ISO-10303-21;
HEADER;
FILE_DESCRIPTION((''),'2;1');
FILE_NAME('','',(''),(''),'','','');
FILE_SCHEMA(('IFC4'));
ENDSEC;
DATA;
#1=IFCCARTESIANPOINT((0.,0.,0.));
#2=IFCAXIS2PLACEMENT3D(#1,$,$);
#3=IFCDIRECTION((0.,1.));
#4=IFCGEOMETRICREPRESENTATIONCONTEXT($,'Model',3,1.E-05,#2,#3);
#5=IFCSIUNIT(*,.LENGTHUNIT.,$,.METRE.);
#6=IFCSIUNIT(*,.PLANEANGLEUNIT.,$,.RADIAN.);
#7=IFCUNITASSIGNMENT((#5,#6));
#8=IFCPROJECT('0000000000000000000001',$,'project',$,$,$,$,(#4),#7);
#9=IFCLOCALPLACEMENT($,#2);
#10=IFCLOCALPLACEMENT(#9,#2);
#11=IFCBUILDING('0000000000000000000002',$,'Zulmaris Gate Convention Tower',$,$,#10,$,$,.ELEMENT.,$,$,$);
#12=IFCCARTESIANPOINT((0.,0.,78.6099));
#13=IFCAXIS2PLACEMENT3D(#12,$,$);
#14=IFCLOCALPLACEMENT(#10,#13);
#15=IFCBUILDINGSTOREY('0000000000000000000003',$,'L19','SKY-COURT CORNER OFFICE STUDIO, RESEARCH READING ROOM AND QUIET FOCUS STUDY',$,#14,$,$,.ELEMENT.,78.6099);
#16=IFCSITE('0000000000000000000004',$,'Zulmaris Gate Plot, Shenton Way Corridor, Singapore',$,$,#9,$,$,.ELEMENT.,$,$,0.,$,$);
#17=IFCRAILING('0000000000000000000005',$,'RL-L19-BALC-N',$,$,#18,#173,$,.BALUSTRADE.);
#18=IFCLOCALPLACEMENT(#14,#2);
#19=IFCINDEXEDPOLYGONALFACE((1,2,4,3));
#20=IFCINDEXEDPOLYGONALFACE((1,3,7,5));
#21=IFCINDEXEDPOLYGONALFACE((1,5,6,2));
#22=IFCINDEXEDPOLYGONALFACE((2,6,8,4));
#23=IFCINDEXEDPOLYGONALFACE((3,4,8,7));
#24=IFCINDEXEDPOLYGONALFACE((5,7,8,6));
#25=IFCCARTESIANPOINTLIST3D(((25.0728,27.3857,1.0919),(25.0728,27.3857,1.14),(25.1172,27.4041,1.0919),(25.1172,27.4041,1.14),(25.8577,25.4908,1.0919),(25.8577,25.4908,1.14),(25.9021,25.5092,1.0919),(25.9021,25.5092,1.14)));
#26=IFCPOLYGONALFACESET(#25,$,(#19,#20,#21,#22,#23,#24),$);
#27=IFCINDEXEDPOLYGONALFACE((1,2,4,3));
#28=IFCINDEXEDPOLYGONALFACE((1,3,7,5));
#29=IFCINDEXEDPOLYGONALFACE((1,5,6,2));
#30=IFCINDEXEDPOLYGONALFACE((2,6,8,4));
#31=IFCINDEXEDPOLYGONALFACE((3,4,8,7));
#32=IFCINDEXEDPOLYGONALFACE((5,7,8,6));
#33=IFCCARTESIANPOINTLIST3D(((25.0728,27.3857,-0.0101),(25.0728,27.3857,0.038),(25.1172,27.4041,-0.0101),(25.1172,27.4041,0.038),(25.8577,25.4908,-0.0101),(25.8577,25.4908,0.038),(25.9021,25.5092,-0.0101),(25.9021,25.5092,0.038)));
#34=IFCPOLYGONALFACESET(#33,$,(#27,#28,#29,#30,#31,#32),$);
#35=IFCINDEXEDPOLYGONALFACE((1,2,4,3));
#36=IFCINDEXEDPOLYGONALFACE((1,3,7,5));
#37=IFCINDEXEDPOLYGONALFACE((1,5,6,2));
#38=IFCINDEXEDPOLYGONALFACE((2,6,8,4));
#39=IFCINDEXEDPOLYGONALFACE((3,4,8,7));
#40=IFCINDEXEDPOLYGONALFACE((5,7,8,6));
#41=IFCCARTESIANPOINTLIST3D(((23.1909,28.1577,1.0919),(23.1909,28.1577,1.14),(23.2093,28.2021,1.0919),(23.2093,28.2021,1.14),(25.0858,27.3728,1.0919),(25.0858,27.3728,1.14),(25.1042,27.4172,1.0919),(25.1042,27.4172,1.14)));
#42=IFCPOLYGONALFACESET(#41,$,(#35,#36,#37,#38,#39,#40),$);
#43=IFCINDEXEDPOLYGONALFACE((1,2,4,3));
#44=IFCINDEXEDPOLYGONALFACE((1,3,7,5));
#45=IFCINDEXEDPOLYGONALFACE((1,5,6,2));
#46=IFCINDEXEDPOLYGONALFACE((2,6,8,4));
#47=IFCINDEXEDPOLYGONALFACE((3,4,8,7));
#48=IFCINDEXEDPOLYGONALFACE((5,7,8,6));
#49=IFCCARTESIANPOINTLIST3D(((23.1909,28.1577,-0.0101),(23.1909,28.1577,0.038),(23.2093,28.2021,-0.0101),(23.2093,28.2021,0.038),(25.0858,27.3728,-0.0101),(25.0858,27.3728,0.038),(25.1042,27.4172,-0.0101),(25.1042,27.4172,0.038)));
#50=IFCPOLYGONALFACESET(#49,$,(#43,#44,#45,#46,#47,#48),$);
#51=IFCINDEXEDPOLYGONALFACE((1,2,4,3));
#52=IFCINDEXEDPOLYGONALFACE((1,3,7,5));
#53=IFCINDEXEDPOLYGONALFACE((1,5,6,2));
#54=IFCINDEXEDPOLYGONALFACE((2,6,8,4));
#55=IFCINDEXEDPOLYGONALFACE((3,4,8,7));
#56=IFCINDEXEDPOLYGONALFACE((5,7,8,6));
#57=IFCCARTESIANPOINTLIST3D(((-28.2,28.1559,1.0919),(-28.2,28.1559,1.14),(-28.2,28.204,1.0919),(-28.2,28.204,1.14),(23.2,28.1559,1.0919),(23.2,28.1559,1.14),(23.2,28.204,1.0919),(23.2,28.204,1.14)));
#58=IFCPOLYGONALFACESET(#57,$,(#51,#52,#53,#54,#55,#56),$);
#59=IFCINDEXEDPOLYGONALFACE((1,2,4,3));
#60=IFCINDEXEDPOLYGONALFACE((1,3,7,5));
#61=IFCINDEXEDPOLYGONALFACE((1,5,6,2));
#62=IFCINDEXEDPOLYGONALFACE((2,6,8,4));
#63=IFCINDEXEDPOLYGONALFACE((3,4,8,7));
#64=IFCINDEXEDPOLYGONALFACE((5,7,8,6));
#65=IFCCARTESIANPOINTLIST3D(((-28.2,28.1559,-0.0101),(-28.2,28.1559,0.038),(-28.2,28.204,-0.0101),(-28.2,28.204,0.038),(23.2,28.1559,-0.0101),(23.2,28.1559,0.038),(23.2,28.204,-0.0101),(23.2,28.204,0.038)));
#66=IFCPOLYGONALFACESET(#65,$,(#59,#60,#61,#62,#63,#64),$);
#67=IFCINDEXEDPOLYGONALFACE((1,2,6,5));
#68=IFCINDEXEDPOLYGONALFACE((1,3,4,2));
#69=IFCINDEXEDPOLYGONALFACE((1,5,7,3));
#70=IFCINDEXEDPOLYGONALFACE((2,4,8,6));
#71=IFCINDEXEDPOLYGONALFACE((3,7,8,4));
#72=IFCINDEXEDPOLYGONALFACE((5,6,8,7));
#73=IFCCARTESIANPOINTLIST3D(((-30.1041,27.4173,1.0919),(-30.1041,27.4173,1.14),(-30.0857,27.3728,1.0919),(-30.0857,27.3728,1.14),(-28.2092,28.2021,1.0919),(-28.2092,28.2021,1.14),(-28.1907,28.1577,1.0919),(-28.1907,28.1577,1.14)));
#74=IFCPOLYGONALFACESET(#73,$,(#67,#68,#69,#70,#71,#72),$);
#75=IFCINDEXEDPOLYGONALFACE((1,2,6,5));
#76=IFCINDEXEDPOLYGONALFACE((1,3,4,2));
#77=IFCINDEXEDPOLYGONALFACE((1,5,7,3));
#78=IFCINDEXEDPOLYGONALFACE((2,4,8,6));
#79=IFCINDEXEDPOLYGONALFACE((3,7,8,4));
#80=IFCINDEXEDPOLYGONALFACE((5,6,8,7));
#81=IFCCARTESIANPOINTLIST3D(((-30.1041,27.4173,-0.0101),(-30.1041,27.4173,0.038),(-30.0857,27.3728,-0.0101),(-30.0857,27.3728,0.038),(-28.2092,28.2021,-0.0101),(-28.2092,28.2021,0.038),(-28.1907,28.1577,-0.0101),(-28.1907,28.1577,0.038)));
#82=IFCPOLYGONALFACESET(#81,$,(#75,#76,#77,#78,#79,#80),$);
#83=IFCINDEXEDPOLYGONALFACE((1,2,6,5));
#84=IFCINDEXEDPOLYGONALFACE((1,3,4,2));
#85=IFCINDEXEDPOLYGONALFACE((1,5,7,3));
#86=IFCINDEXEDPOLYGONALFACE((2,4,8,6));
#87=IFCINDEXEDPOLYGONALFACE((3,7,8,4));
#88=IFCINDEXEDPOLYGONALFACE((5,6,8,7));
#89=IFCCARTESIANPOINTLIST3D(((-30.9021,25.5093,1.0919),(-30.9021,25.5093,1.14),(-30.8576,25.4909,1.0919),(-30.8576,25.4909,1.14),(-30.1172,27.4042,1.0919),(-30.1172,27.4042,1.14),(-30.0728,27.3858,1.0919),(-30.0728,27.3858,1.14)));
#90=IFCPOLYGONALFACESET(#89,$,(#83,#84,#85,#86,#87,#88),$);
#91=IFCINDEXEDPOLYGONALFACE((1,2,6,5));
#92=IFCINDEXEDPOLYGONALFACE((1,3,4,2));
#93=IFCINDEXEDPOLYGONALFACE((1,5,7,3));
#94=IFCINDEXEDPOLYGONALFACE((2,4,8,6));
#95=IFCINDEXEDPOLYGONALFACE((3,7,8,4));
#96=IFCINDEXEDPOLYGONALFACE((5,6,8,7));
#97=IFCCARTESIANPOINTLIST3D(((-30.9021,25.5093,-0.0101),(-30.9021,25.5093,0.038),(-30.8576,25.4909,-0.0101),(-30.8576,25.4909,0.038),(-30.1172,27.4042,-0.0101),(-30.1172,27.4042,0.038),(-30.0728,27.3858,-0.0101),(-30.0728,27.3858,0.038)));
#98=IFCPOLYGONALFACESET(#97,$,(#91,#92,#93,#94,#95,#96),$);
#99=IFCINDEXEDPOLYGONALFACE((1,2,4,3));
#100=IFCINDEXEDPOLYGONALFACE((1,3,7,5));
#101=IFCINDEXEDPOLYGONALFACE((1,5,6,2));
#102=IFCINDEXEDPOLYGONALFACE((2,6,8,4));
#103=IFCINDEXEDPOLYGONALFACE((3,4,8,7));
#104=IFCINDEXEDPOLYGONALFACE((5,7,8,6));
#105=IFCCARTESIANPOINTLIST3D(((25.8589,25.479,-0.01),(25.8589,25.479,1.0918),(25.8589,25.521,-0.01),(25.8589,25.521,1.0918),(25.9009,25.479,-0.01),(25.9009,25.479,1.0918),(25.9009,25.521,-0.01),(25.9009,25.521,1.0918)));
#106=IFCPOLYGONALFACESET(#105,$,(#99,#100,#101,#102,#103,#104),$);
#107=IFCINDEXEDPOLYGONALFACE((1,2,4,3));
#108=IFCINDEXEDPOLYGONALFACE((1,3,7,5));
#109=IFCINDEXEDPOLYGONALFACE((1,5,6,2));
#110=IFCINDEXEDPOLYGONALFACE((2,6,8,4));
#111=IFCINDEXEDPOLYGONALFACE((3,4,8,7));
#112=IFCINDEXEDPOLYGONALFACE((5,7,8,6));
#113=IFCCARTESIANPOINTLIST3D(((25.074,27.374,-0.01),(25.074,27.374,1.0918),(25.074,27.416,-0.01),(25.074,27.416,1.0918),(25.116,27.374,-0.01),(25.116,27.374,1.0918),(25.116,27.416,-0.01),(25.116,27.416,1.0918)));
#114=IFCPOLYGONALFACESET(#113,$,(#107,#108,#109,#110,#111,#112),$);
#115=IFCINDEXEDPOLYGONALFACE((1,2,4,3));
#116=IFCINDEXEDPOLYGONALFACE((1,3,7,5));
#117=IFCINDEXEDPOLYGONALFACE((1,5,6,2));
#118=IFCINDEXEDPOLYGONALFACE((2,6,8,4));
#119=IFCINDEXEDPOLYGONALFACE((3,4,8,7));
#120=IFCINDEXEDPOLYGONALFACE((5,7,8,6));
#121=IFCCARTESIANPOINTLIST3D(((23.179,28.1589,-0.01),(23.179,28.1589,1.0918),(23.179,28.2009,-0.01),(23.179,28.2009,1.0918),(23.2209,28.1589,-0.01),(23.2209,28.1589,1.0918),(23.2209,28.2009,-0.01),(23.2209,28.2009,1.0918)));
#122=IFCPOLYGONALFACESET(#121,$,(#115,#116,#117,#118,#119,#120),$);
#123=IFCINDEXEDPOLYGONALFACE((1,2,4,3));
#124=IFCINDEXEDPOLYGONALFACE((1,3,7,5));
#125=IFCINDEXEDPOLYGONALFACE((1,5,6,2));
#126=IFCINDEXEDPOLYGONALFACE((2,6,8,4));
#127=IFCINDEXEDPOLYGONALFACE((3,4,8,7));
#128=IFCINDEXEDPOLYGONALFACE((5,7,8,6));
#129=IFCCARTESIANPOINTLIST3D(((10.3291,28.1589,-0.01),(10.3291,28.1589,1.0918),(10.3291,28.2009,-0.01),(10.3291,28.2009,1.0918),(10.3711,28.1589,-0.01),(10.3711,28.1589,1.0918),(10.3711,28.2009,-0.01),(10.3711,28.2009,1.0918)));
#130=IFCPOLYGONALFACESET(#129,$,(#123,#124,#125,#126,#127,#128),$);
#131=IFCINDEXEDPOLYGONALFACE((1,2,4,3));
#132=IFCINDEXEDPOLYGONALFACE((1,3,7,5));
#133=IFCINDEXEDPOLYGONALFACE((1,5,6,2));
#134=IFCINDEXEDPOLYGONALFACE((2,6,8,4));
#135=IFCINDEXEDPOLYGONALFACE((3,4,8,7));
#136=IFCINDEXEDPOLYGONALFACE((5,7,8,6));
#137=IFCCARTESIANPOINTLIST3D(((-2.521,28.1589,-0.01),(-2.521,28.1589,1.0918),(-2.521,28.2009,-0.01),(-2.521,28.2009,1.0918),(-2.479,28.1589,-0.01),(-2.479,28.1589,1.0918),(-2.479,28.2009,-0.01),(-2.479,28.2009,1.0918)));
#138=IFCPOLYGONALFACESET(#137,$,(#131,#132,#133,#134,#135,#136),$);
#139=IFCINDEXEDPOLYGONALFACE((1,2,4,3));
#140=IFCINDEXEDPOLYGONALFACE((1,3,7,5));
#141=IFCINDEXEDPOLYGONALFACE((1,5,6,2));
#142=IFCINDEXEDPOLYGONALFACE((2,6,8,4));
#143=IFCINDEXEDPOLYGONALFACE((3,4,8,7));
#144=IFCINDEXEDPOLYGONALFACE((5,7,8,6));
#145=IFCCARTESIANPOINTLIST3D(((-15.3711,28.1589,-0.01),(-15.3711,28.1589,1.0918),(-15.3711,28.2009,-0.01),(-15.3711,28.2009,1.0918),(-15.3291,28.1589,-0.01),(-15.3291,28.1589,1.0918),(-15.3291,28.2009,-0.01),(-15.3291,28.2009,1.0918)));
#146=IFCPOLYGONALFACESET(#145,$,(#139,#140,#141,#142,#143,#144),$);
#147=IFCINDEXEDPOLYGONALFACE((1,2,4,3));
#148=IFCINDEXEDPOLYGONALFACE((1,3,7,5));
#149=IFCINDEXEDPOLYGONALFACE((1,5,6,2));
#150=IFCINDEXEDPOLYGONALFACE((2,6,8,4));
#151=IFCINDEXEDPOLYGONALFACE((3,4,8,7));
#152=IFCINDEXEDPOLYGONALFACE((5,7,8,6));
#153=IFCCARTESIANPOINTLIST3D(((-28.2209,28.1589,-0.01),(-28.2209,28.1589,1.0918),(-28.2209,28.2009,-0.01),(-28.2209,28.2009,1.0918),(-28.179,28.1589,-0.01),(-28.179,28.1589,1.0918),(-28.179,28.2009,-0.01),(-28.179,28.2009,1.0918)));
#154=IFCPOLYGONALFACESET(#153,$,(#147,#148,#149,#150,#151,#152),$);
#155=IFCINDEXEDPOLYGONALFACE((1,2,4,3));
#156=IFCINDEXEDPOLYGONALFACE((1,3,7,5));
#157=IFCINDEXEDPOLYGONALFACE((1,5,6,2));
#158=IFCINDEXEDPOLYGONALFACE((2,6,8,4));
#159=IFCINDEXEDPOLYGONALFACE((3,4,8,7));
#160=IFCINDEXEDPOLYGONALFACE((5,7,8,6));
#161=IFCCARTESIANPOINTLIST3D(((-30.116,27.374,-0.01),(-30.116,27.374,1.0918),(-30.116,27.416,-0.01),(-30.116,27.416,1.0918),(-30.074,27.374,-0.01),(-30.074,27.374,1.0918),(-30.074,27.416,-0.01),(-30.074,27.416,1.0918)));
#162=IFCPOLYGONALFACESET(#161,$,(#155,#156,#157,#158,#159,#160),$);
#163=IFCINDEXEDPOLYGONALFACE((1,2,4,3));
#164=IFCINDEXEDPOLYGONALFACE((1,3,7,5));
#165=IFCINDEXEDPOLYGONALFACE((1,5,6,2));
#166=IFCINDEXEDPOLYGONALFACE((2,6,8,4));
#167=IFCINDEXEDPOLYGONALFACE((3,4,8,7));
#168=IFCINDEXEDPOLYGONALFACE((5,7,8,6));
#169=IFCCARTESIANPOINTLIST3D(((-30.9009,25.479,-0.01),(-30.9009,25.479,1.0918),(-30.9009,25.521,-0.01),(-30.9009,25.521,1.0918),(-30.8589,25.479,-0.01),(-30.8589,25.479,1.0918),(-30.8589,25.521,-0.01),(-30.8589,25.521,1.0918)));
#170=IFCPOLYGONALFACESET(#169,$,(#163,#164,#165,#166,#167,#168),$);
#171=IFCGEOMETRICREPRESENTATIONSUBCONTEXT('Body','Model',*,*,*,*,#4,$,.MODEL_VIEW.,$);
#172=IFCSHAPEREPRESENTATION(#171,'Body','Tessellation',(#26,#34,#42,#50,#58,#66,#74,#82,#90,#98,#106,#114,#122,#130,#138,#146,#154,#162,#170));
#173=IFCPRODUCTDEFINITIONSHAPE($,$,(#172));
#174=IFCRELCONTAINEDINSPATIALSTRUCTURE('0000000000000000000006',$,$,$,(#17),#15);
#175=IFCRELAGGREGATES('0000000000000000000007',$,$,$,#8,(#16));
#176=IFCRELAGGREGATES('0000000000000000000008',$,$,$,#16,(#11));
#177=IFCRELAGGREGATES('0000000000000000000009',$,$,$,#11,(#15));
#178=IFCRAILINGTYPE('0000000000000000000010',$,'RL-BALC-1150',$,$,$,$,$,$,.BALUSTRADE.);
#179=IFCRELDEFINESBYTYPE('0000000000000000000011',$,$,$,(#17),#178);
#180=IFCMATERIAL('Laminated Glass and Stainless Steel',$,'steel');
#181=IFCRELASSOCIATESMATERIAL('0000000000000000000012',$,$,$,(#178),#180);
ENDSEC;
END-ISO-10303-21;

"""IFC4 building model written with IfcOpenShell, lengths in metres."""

from ifc_helpers import new_model, si_unit, direction, frame, origin, origin_2d, place, context, subcontext, project, spatial, rectangle, extrude, material, type_object, element, save


model = new_model("IFC4")

# Units and contexts
model_context = context("Model", 3, precision=1e-05, world=origin(), true_north=direction((0.0, 1.0)))
body_context = subcontext(model_context, "Body", "Model", "MODEL_VIEW")
ifc_project = project(units=[si_unit("LENGTHUNIT", "METRE"), si_unit("PLANEANGLEUNIT", "RADIAN")], contexts=[model_context])

# Site, building, storey
site_placement = place(None, origin())
site = spatial("IfcSite", under=ifc_project, at=site_placement, Name="Zulmaris Gate Plot, Shenton Way Corridor, Singapore", CompositionType="ELEMENT", RefElevation=0.0)
building_placement = place(site_placement, origin())
building = spatial("IfcBuilding", under=site, at=building_placement, Name="Zulmaris Gate Convention Tower", CompositionType="ELEMENT")
storey_placement = place(building_placement, frame((0.0, 0.0, 78.6099)))
storey = spatial("IfcBuildingStorey", under=building, at=storey_placement, Name="L19", Description="SKY-COURT CORNER OFFICE STUDIO, RESEARCH READING ROOM AND QUIET FOCUS STUDY", CompositionType="ELEMENT", Elevation=78.6099)

# Railing
ifc_material_1 = material(Name="Laminated Glass and Stainless Steel", Category="steel")
railing_type = type_object("IfcRailingType", Name="RL-BALC-1150", PredefinedType="BALUSTRADE", material=ifc_material_1)
railing_placement = place(storey_placement, frame((25.8799, 25.5, -0.01)))
element("IfcRailing", 1, at=railing_placement, inside=storey, type_object=railing_type, Name="RL-L19-BALC-N", PredefinedType="BALUSTRADE", context=body_context, shape_type="SweptSolid", body=[
    extrude(rectangle(XDim=0.0481, YDim=0.0481, at=origin_2d()), frame((0.0, 0.0, 1.126), z_axis=(-0.382671, 0.923885, 0.0), x_axis=(-0.923885, -0.382671, 0.0)), (0.0, 0.0, 1.0), 2.051),
    extrude(rectangle(XDim=0.0481, YDim=0.0481, at=origin_2d()), frame((0.0, 0.0, 0.0239), z_axis=(-0.382671, 0.923885, 0.0), x_axis=(-0.923885, -0.382671, 0.0)), (0.0, 0.0, 1.0), 2.051),
    extrude(rectangle(XDim=0.0481, YDim=0.0481, at=origin_2d()), frame((-0.7849, 1.895, 1.126), z_axis=(-0.923885, 0.382671, 0.0), x_axis=(-0.382671, -0.923885, 0.0)), (0.0, 0.0, 1.0), 2.051),
    extrude(rectangle(XDim=0.0481, YDim=0.0481, at=origin_2d()), frame((-0.7849, 1.895, 0.0239), z_axis=(-0.923885, 0.382671, 0.0), x_axis=(-0.382671, -0.923885, 0.0)), (0.0, 0.0, 1.0), 2.051),
    extrude(rectangle(XDim=0.0481, YDim=0.0481, at=origin_2d()), frame((-2.6799, 2.6799, 1.126), z_axis=(-1.0, 0.0, 0.0), x_axis=(0.0, -1.0, 0.0)), (0.0, 0.0, 1.0), 51.3999),
    extrude(rectangle(XDim=0.0481, YDim=0.0481, at=origin_2d()), frame((-2.6799, 2.6799, 0.0239), z_axis=(-1.0, 0.0, 0.0), x_axis=(0.0, -1.0, 0.0)), (0.0, 0.0, 1.0), 51.3999),
    extrude(rectangle(XDim=0.0481, YDim=0.0481, at=origin_2d()), frame((-54.0798, 2.6799, 1.126), z_axis=(-0.923885, -0.382671, 0.0), x_axis=(0.382671, -0.923885, 0.0)), (0.0, 0.0, 1.0), 2.051),
    extrude(rectangle(XDim=0.0481, YDim=0.0481, at=origin_2d()), frame((-54.0798, 2.6799, 0.0239), z_axis=(-0.923885, -0.382671, 0.0), x_axis=(0.382671, -0.923885, 0.0)), (0.0, 0.0, 1.0), 2.051),
    extrude(rectangle(XDim=0.0481, YDim=0.0481, at=origin_2d()), frame((-55.9749, 1.895, 1.126), z_axis=(-0.382671, -0.923885, 0.0), x_axis=(0.923885, -0.382671, 0.0)), (0.0, 0.0, 1.0), 2.051),
    extrude(rectangle(XDim=0.0481, YDim=0.0481, at=origin_2d()), frame((-55.9749, 1.895, 0.0239), z_axis=(-0.382671, -0.923885, 0.0), x_axis=(0.923885, -0.382671, 0.0)), (0.0, 0.0, 1.0), 2.051),
    extrude(rectangle(XDim=0.042, YDim=0.042, at=origin_2d()), origin(), (0.0, 0.0, 1.0), 1.1018),
    extrude(rectangle(XDim=0.042, YDim=0.042, at=origin_2d()), frame((-0.7849, 1.895, 0.0)), (0.0, 0.0, 1.0), 1.1018),
    extrude(rectangle(XDim=0.042, YDim=0.042, at=origin_2d()), frame((-2.6799, 2.6799, 0.0)), (0.0, 0.0, 1.0), 1.1018),
    extrude(rectangle(XDim=0.042, YDim=0.042, at=origin_2d()), frame((-15.5298, 2.6799, 0.0)), (0.0, 0.0, 1.0), 1.1018),
    extrude(rectangle(XDim=0.042, YDim=0.042, at=origin_2d()), frame((-28.3799, 2.6799, 0.0)), (0.0, 0.0, 1.0), 1.1018),
    extrude(rectangle(XDim=0.042, YDim=0.042, at=origin_2d()), frame((-41.23, 2.6799, 0.0)), (0.0, 0.0, 1.0), 1.1018),
    extrude(rectangle(XDim=0.042, YDim=0.042, at=origin_2d()), frame((-54.0798, 2.6799, 0.0)), (0.0, 0.0, 1.0), 1.1018),
    extrude(rectangle(XDim=0.042, YDim=0.042, at=origin_2d()), frame((-55.9749, 1.895, 0.0)), (0.0, 0.0, 1.0), 1.1018),
    extrude(rectangle(XDim=0.042, YDim=0.042, at=origin_2d()), frame((-56.7598, 0.0, 0.0)), (0.0, 0.0, 1.0), 1.1018),
])

save(model, "model.ifc")
